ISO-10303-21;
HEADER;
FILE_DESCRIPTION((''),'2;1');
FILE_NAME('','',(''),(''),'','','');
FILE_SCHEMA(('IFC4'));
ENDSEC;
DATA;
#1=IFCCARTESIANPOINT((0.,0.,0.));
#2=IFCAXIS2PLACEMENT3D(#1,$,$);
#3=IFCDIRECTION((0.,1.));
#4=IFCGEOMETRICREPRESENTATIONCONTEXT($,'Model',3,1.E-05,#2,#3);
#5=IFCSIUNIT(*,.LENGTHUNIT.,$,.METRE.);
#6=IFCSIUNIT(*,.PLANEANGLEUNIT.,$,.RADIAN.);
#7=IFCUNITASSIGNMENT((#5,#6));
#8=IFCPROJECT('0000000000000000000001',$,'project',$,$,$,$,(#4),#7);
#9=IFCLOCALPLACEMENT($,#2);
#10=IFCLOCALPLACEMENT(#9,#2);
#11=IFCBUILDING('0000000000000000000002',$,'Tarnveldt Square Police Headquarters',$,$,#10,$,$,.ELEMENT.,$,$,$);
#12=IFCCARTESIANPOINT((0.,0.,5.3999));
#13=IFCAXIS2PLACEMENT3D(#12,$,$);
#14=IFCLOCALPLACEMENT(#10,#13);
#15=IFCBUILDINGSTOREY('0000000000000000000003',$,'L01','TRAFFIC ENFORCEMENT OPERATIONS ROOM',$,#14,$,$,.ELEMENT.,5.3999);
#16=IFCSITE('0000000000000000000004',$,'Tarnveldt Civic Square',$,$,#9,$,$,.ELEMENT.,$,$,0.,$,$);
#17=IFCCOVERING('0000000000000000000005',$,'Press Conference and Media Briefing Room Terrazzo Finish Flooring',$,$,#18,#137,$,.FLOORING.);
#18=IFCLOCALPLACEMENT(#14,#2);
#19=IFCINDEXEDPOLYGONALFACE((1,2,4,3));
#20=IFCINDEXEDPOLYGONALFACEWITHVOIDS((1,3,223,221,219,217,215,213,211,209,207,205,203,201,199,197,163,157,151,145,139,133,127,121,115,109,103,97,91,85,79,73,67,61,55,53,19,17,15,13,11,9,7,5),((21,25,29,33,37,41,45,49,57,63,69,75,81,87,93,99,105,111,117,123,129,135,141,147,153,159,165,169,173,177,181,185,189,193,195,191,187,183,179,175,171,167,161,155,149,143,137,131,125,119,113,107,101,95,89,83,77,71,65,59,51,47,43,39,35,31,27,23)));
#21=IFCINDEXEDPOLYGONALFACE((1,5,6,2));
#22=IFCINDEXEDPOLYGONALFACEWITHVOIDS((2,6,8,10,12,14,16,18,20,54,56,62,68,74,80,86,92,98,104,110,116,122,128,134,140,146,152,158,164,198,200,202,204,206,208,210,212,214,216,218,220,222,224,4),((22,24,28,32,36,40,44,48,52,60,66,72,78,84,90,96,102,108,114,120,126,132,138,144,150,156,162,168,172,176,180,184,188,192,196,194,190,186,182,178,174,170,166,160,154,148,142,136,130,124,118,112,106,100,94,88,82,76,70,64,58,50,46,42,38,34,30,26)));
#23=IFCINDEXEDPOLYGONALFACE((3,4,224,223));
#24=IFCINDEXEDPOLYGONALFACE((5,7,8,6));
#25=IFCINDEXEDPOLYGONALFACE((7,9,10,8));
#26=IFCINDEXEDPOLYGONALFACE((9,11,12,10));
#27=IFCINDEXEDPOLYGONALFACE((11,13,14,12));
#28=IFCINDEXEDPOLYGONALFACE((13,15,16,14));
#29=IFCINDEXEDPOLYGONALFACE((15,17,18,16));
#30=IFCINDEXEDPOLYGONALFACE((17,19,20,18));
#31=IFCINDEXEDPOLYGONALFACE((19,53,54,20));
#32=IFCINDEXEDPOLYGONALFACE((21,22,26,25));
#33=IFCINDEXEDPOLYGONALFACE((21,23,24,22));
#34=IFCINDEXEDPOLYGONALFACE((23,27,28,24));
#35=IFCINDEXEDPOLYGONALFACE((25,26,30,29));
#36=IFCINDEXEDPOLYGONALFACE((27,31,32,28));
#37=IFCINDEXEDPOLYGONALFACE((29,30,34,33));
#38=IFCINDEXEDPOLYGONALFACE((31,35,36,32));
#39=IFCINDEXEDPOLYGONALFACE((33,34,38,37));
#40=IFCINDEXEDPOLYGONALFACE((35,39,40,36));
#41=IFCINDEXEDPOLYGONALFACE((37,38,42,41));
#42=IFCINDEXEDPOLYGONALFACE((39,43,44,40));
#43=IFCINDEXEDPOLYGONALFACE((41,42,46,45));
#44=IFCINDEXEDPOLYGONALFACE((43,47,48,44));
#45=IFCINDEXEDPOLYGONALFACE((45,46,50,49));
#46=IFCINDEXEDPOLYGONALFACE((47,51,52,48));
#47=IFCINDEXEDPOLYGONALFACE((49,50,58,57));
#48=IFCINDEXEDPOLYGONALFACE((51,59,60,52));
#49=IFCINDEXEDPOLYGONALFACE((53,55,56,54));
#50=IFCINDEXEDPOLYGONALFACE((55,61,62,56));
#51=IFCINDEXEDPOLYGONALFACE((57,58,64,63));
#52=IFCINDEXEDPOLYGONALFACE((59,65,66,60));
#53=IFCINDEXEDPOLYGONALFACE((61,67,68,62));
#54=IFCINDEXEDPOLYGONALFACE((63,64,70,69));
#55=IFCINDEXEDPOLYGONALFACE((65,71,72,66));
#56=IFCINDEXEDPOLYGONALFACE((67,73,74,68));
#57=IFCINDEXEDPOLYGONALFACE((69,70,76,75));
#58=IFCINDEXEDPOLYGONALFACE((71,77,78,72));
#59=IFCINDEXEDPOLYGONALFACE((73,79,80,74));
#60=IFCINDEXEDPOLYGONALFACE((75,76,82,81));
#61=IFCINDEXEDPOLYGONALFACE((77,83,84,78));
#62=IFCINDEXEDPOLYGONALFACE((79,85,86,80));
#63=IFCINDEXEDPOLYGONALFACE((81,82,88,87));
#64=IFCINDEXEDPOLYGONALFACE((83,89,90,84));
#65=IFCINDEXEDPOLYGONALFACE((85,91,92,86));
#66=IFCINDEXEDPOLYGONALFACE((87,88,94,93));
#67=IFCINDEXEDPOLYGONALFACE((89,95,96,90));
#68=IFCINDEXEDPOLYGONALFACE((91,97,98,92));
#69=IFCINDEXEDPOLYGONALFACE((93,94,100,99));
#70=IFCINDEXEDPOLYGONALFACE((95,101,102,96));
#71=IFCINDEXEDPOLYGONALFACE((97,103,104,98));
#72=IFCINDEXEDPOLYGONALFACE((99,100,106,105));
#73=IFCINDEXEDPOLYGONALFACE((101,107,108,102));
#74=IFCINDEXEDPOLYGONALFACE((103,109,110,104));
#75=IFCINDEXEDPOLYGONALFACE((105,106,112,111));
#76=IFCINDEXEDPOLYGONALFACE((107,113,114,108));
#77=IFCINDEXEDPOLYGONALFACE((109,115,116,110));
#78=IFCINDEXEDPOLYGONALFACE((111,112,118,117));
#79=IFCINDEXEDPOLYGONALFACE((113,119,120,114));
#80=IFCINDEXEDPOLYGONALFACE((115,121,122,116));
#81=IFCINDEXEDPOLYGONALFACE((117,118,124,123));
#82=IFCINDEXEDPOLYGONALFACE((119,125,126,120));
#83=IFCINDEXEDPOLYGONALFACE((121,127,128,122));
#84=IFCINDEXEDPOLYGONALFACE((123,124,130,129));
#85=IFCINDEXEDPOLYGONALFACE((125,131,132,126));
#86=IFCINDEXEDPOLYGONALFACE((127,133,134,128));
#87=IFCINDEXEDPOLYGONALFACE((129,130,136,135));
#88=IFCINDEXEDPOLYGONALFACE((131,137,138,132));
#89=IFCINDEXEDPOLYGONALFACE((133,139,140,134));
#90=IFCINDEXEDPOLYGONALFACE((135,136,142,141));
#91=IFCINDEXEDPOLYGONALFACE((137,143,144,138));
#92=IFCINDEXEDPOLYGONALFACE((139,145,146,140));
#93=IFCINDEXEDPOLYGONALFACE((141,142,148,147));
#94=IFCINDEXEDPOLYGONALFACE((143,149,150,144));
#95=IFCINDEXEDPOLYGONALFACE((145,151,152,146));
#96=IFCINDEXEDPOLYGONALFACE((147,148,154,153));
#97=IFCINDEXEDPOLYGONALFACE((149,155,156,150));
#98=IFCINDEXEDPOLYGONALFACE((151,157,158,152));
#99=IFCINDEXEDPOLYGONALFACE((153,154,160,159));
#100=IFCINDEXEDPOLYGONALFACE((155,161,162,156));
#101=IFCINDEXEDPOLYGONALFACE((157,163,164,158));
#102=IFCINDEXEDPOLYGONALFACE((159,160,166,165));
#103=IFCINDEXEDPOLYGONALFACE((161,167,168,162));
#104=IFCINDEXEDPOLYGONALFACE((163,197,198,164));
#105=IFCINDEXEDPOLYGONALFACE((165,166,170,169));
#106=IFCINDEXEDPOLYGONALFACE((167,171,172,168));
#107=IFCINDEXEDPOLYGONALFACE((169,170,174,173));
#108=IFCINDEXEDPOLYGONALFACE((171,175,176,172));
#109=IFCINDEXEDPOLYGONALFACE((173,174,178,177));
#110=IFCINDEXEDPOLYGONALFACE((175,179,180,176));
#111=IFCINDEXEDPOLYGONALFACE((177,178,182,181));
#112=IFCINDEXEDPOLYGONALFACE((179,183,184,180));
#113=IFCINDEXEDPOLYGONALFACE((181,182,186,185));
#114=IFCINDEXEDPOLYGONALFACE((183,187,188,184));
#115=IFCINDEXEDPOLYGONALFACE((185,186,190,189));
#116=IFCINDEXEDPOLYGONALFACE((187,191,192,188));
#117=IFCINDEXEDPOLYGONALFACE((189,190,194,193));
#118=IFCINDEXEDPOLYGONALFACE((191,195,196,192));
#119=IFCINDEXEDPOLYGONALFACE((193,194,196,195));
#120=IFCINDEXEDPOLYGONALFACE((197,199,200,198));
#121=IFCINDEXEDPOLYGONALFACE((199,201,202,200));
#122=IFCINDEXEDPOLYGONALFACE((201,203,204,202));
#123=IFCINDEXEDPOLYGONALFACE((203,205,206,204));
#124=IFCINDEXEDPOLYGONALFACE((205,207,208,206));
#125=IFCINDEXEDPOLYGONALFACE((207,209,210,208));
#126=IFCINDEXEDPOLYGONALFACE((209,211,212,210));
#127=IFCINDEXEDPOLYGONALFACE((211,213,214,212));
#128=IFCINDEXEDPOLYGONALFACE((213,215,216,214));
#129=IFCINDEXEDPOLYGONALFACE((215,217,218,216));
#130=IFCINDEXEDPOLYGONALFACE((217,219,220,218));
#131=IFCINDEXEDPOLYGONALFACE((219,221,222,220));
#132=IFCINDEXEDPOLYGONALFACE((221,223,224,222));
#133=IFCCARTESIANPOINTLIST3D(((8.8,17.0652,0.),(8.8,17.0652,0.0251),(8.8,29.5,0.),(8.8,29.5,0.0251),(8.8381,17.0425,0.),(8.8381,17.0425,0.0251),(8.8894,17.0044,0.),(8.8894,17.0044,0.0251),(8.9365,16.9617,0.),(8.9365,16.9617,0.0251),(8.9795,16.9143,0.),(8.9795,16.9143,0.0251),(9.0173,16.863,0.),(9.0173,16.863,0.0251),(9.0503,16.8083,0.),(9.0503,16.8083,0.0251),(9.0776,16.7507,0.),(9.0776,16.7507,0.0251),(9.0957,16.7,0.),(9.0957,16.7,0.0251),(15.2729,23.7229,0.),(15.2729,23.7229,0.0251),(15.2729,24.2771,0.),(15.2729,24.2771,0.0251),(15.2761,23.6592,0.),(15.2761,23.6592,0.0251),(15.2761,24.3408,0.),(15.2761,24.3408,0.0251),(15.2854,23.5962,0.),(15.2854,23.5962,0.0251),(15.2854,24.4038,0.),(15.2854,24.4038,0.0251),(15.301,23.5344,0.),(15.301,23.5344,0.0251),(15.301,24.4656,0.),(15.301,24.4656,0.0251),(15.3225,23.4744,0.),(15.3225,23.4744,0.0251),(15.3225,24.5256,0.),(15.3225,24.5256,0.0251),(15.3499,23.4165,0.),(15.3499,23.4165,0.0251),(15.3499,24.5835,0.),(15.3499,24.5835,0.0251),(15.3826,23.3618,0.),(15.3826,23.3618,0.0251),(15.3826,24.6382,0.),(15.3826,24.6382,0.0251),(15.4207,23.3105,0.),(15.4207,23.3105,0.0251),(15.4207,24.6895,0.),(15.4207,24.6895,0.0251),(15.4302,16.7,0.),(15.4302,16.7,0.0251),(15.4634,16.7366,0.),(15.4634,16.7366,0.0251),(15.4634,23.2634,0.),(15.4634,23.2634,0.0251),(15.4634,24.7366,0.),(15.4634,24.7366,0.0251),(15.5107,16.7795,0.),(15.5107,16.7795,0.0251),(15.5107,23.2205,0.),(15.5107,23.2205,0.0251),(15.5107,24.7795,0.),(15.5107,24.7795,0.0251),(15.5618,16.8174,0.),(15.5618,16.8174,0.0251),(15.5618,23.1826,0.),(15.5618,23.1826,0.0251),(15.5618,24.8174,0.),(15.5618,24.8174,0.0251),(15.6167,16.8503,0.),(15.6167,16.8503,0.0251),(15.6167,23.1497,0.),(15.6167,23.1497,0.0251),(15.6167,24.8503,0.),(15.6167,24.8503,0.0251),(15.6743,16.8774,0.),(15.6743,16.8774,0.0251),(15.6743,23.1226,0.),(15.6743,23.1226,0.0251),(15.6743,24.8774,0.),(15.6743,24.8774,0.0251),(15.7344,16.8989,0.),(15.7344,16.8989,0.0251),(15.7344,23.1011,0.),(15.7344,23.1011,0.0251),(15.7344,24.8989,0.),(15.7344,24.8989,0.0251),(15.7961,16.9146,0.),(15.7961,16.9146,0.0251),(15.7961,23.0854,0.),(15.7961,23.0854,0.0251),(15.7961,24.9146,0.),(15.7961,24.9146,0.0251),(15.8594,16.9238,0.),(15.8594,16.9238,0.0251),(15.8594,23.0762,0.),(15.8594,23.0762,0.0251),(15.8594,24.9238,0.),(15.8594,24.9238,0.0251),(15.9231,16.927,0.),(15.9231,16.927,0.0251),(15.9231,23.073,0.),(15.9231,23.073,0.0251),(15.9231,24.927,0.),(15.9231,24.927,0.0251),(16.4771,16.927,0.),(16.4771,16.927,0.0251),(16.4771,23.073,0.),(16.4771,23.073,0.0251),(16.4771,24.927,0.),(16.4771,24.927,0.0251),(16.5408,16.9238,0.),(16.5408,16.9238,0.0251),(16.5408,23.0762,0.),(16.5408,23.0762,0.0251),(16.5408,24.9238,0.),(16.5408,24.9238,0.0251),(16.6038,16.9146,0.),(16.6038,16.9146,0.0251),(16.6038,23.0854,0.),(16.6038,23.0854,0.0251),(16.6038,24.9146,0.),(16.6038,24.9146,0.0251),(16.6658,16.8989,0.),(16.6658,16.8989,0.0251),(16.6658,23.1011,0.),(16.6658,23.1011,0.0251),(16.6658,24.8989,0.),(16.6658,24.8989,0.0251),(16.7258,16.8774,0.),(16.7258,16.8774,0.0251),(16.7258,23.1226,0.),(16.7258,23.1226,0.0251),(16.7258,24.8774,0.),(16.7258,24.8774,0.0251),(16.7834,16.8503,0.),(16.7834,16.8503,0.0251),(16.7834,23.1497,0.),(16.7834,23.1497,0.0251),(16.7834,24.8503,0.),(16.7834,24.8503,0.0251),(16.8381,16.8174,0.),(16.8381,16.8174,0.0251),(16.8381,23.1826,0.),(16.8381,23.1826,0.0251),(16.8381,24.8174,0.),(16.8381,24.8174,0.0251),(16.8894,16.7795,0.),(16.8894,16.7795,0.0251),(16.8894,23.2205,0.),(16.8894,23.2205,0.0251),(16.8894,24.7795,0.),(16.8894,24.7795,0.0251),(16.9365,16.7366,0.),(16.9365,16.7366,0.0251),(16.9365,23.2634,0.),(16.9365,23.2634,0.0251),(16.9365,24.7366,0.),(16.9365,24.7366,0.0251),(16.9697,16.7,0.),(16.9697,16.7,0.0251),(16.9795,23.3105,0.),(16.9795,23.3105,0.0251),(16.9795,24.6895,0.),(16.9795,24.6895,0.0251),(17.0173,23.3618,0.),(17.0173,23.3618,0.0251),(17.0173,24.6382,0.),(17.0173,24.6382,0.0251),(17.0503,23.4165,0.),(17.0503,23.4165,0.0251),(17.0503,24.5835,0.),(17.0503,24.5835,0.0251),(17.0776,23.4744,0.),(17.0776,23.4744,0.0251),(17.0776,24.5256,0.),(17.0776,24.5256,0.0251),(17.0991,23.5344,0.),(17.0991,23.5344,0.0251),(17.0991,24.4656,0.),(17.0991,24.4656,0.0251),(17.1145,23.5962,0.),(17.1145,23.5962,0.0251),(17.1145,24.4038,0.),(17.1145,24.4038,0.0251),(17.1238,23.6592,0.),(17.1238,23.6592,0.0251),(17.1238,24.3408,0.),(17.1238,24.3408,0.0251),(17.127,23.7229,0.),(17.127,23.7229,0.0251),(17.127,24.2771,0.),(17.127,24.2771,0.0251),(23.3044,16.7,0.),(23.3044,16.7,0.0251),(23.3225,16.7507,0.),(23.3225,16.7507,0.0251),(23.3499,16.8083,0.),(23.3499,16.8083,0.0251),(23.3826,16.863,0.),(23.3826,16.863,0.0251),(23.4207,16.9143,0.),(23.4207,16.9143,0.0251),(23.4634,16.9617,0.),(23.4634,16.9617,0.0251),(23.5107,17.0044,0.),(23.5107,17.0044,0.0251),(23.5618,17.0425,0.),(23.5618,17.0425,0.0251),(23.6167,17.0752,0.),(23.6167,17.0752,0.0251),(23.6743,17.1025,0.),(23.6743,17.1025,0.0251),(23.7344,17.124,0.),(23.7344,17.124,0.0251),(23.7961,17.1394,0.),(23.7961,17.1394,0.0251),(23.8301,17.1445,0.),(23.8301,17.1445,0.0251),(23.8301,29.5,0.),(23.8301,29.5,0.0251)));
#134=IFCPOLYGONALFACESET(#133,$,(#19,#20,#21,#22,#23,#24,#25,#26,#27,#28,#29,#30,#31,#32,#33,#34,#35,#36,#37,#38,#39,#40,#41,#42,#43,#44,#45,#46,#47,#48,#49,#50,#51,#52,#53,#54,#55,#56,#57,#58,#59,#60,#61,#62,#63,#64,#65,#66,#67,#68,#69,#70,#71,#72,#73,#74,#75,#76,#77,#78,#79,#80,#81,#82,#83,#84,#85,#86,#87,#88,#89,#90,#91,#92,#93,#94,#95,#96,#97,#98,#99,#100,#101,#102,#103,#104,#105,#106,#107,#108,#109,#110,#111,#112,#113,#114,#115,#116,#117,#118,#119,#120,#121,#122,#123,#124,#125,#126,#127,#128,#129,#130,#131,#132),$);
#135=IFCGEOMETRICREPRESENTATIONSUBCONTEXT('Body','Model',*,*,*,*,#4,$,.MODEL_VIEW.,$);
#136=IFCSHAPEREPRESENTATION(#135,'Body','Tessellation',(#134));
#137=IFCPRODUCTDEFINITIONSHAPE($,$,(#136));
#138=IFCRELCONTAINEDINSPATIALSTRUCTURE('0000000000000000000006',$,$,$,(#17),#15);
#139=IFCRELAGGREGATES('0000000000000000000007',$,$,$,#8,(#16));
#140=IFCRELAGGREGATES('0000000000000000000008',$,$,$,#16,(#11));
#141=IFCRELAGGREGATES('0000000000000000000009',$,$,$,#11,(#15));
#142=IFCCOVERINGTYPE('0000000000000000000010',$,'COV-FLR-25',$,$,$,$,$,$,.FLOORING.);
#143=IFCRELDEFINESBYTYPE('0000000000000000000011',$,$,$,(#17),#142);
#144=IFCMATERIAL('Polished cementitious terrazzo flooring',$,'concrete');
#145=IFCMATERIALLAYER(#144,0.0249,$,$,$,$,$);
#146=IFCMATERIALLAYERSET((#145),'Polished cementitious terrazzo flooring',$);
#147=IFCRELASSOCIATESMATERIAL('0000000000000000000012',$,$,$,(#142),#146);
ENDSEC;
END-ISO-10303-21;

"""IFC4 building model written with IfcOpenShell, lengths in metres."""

from ifc_helpers import new_model, si_unit, direction, frame, origin, place, context, subcontext, project, spatial, polyline, outline, extrude, material, layer, layer_set, type_object, element, save


model = new_model("IFC4")

# Units and contexts
model_context = context("Model", 3, precision=1e-05, world=origin(), true_north=direction((0.0, 1.0)))
body_context = subcontext(model_context, "Body", "Model", "MODEL_VIEW")
ifc_project = project(units=[si_unit("LENGTHUNIT", "METRE"), si_unit("PLANEANGLEUNIT", "RADIAN")], contexts=[model_context])

# Site, building, storey
site_placement = place(None, origin())
site = spatial("IfcSite", under=ifc_project, at=site_placement, Name="Tarnveldt Civic Square", CompositionType="ELEMENT", RefElevation=0.0)
building_placement = place(site_placement, origin())
building = spatial("IfcBuilding", under=site, at=building_placement, Name="Tarnveldt Square Police Headquarters", CompositionType="ELEMENT")
storey_placement = place(building_placement, frame((0.0, 0.0, 5.3999)))
storey = spatial("IfcBuildingStorey", under=building, at=storey_placement, Name="L01", Description="TRAFFIC ENFORCEMENT OPERATIONS ROOM", CompositionType="ELEMENT", Elevation=5.3999)

# Covering
ifc_material_1 = material(Name="Polished cementitious terrazzo flooring", Category="concrete")
ifc_layer_1 = layer(ifc_material_1, 0.0249)
ifc_layer_set_1 = layer_set([ifc_layer_1], Name="Polished cementitious terrazzo flooring")
covering_type_1 = type_object("IfcCoveringType", Name="COV-FLR-25", PredefinedType="FLOORING", material=ifc_layer_set_1)
covering_1_placement = place(storey_placement, origin())
element("IfcCovering", 1, at=covering_1_placement, inside=storey, type_object=covering_type_1, Name="Press Conference and Media Briefing Room Terrazzo Finish Flooring", PredefinedType="FLOORING", context=body_context, shape_type="SweptSolid", body=[
    extrude(outline(polyline([(8.8, 17.0652), (8.8, 29.5), (23.8301, 29.5), (23.8301, 17.1445), (23.7961, 17.1394), (23.7344, 17.124), (23.6743, 17.1025), (23.6167, 17.0752), (23.5618, 17.0425), (23.5107, 17.0044), (23.4634, 16.9617), (23.4207, 16.9143), (23.3826, 16.863), (23.3499, 16.8083), (23.3225, 16.7507), (23.3044, 16.7), (16.9697, 16.7), (16.9365, 16.7366), (16.8894, 16.7795), (16.8381, 16.8174), (16.7834, 16.8503), (16.7258, 16.8774), (16.6658, 16.8989), (16.6038, 16.9146), (16.5408, 16.9238), (16.4771, 16.927), (15.9231, 16.927), (15.8594, 16.9238), (15.7961, 16.9146), (15.7344, 16.8989), (15.6743, 16.8774), (15.6167, 16.8503), (15.5618, 16.8174), (15.5107, 16.7795), (15.4634, 16.7366), (15.4302, 16.7), (9.0957, 16.7), (9.0776, 16.7507), (9.0503, 16.8083), (9.0173, 16.863), (8.9795, 16.9143), (8.9365, 16.9617), (8.8894, 17.0044), (8.8381, 17.0425), (8.8, 17.0652)]), holes=[polyline([(17.127, 24.2771), (17.1238, 24.3408), (17.1145, 24.4038), (17.0991, 24.4656), (17.0776, 24.5256), (17.0503, 24.5835), (17.0173, 24.6382), (16.9795, 24.6895), (16.9365, 24.7366), (16.8894, 24.7795), (16.8381, 24.8174), (16.7834, 24.8503), (16.7258, 24.8774), (16.6658, 24.8989), (16.6038, 24.9146), (16.5408, 24.9238), (16.4771, 24.927), (15.9231, 24.927), (15.8594, 24.9238), (15.7961, 24.9146), (15.7344, 24.8989), (15.6743, 24.8774), (15.6167, 24.8503), (15.5618, 24.8174), (15.5107, 24.7795), (15.4634, 24.7366), (15.4207, 24.6895), (15.3826, 24.6382), (15.3499, 24.5835), (15.3225, 24.5256), (15.301, 24.4656), (15.2854, 24.4038), (15.2761, 24.3408), (15.2729, 24.2771), (15.2729, 23.7229), (15.2761, 23.6592), (15.2854, 23.5962), (15.301, 23.5344), (15.3225, 23.4744), (15.3499, 23.4165), (15.3826, 23.3618), (15.4207, 23.3105), (15.4634, 23.2634), (15.5107, 23.2205), (15.5618, 23.1826), (15.6167, 23.1497), (15.6743, 23.1226), (15.7344, 23.1011), (15.7961, 23.0854), (15.8594, 23.0762), (15.9231, 23.073), (16.4771, 23.073), (16.5408, 23.0762), (16.6038, 23.0854), (16.6658, 23.1011), (16.7258, 23.1226), (16.7834, 23.1497), (16.8381, 23.1826), (16.8894, 23.2205), (16.9365, 23.2634), (16.9795, 23.3105), (17.0173, 23.3618), (17.0503, 23.4165), (17.0776, 23.4744), (17.0991, 23.5344), (17.1145, 23.5962), (17.1238, 23.6592), (17.127, 23.7229), (17.127, 24.2771)])]), origin(), (0.0, 0.0, 1.0), 0.0251),
])

save(model, "model.ifc")
